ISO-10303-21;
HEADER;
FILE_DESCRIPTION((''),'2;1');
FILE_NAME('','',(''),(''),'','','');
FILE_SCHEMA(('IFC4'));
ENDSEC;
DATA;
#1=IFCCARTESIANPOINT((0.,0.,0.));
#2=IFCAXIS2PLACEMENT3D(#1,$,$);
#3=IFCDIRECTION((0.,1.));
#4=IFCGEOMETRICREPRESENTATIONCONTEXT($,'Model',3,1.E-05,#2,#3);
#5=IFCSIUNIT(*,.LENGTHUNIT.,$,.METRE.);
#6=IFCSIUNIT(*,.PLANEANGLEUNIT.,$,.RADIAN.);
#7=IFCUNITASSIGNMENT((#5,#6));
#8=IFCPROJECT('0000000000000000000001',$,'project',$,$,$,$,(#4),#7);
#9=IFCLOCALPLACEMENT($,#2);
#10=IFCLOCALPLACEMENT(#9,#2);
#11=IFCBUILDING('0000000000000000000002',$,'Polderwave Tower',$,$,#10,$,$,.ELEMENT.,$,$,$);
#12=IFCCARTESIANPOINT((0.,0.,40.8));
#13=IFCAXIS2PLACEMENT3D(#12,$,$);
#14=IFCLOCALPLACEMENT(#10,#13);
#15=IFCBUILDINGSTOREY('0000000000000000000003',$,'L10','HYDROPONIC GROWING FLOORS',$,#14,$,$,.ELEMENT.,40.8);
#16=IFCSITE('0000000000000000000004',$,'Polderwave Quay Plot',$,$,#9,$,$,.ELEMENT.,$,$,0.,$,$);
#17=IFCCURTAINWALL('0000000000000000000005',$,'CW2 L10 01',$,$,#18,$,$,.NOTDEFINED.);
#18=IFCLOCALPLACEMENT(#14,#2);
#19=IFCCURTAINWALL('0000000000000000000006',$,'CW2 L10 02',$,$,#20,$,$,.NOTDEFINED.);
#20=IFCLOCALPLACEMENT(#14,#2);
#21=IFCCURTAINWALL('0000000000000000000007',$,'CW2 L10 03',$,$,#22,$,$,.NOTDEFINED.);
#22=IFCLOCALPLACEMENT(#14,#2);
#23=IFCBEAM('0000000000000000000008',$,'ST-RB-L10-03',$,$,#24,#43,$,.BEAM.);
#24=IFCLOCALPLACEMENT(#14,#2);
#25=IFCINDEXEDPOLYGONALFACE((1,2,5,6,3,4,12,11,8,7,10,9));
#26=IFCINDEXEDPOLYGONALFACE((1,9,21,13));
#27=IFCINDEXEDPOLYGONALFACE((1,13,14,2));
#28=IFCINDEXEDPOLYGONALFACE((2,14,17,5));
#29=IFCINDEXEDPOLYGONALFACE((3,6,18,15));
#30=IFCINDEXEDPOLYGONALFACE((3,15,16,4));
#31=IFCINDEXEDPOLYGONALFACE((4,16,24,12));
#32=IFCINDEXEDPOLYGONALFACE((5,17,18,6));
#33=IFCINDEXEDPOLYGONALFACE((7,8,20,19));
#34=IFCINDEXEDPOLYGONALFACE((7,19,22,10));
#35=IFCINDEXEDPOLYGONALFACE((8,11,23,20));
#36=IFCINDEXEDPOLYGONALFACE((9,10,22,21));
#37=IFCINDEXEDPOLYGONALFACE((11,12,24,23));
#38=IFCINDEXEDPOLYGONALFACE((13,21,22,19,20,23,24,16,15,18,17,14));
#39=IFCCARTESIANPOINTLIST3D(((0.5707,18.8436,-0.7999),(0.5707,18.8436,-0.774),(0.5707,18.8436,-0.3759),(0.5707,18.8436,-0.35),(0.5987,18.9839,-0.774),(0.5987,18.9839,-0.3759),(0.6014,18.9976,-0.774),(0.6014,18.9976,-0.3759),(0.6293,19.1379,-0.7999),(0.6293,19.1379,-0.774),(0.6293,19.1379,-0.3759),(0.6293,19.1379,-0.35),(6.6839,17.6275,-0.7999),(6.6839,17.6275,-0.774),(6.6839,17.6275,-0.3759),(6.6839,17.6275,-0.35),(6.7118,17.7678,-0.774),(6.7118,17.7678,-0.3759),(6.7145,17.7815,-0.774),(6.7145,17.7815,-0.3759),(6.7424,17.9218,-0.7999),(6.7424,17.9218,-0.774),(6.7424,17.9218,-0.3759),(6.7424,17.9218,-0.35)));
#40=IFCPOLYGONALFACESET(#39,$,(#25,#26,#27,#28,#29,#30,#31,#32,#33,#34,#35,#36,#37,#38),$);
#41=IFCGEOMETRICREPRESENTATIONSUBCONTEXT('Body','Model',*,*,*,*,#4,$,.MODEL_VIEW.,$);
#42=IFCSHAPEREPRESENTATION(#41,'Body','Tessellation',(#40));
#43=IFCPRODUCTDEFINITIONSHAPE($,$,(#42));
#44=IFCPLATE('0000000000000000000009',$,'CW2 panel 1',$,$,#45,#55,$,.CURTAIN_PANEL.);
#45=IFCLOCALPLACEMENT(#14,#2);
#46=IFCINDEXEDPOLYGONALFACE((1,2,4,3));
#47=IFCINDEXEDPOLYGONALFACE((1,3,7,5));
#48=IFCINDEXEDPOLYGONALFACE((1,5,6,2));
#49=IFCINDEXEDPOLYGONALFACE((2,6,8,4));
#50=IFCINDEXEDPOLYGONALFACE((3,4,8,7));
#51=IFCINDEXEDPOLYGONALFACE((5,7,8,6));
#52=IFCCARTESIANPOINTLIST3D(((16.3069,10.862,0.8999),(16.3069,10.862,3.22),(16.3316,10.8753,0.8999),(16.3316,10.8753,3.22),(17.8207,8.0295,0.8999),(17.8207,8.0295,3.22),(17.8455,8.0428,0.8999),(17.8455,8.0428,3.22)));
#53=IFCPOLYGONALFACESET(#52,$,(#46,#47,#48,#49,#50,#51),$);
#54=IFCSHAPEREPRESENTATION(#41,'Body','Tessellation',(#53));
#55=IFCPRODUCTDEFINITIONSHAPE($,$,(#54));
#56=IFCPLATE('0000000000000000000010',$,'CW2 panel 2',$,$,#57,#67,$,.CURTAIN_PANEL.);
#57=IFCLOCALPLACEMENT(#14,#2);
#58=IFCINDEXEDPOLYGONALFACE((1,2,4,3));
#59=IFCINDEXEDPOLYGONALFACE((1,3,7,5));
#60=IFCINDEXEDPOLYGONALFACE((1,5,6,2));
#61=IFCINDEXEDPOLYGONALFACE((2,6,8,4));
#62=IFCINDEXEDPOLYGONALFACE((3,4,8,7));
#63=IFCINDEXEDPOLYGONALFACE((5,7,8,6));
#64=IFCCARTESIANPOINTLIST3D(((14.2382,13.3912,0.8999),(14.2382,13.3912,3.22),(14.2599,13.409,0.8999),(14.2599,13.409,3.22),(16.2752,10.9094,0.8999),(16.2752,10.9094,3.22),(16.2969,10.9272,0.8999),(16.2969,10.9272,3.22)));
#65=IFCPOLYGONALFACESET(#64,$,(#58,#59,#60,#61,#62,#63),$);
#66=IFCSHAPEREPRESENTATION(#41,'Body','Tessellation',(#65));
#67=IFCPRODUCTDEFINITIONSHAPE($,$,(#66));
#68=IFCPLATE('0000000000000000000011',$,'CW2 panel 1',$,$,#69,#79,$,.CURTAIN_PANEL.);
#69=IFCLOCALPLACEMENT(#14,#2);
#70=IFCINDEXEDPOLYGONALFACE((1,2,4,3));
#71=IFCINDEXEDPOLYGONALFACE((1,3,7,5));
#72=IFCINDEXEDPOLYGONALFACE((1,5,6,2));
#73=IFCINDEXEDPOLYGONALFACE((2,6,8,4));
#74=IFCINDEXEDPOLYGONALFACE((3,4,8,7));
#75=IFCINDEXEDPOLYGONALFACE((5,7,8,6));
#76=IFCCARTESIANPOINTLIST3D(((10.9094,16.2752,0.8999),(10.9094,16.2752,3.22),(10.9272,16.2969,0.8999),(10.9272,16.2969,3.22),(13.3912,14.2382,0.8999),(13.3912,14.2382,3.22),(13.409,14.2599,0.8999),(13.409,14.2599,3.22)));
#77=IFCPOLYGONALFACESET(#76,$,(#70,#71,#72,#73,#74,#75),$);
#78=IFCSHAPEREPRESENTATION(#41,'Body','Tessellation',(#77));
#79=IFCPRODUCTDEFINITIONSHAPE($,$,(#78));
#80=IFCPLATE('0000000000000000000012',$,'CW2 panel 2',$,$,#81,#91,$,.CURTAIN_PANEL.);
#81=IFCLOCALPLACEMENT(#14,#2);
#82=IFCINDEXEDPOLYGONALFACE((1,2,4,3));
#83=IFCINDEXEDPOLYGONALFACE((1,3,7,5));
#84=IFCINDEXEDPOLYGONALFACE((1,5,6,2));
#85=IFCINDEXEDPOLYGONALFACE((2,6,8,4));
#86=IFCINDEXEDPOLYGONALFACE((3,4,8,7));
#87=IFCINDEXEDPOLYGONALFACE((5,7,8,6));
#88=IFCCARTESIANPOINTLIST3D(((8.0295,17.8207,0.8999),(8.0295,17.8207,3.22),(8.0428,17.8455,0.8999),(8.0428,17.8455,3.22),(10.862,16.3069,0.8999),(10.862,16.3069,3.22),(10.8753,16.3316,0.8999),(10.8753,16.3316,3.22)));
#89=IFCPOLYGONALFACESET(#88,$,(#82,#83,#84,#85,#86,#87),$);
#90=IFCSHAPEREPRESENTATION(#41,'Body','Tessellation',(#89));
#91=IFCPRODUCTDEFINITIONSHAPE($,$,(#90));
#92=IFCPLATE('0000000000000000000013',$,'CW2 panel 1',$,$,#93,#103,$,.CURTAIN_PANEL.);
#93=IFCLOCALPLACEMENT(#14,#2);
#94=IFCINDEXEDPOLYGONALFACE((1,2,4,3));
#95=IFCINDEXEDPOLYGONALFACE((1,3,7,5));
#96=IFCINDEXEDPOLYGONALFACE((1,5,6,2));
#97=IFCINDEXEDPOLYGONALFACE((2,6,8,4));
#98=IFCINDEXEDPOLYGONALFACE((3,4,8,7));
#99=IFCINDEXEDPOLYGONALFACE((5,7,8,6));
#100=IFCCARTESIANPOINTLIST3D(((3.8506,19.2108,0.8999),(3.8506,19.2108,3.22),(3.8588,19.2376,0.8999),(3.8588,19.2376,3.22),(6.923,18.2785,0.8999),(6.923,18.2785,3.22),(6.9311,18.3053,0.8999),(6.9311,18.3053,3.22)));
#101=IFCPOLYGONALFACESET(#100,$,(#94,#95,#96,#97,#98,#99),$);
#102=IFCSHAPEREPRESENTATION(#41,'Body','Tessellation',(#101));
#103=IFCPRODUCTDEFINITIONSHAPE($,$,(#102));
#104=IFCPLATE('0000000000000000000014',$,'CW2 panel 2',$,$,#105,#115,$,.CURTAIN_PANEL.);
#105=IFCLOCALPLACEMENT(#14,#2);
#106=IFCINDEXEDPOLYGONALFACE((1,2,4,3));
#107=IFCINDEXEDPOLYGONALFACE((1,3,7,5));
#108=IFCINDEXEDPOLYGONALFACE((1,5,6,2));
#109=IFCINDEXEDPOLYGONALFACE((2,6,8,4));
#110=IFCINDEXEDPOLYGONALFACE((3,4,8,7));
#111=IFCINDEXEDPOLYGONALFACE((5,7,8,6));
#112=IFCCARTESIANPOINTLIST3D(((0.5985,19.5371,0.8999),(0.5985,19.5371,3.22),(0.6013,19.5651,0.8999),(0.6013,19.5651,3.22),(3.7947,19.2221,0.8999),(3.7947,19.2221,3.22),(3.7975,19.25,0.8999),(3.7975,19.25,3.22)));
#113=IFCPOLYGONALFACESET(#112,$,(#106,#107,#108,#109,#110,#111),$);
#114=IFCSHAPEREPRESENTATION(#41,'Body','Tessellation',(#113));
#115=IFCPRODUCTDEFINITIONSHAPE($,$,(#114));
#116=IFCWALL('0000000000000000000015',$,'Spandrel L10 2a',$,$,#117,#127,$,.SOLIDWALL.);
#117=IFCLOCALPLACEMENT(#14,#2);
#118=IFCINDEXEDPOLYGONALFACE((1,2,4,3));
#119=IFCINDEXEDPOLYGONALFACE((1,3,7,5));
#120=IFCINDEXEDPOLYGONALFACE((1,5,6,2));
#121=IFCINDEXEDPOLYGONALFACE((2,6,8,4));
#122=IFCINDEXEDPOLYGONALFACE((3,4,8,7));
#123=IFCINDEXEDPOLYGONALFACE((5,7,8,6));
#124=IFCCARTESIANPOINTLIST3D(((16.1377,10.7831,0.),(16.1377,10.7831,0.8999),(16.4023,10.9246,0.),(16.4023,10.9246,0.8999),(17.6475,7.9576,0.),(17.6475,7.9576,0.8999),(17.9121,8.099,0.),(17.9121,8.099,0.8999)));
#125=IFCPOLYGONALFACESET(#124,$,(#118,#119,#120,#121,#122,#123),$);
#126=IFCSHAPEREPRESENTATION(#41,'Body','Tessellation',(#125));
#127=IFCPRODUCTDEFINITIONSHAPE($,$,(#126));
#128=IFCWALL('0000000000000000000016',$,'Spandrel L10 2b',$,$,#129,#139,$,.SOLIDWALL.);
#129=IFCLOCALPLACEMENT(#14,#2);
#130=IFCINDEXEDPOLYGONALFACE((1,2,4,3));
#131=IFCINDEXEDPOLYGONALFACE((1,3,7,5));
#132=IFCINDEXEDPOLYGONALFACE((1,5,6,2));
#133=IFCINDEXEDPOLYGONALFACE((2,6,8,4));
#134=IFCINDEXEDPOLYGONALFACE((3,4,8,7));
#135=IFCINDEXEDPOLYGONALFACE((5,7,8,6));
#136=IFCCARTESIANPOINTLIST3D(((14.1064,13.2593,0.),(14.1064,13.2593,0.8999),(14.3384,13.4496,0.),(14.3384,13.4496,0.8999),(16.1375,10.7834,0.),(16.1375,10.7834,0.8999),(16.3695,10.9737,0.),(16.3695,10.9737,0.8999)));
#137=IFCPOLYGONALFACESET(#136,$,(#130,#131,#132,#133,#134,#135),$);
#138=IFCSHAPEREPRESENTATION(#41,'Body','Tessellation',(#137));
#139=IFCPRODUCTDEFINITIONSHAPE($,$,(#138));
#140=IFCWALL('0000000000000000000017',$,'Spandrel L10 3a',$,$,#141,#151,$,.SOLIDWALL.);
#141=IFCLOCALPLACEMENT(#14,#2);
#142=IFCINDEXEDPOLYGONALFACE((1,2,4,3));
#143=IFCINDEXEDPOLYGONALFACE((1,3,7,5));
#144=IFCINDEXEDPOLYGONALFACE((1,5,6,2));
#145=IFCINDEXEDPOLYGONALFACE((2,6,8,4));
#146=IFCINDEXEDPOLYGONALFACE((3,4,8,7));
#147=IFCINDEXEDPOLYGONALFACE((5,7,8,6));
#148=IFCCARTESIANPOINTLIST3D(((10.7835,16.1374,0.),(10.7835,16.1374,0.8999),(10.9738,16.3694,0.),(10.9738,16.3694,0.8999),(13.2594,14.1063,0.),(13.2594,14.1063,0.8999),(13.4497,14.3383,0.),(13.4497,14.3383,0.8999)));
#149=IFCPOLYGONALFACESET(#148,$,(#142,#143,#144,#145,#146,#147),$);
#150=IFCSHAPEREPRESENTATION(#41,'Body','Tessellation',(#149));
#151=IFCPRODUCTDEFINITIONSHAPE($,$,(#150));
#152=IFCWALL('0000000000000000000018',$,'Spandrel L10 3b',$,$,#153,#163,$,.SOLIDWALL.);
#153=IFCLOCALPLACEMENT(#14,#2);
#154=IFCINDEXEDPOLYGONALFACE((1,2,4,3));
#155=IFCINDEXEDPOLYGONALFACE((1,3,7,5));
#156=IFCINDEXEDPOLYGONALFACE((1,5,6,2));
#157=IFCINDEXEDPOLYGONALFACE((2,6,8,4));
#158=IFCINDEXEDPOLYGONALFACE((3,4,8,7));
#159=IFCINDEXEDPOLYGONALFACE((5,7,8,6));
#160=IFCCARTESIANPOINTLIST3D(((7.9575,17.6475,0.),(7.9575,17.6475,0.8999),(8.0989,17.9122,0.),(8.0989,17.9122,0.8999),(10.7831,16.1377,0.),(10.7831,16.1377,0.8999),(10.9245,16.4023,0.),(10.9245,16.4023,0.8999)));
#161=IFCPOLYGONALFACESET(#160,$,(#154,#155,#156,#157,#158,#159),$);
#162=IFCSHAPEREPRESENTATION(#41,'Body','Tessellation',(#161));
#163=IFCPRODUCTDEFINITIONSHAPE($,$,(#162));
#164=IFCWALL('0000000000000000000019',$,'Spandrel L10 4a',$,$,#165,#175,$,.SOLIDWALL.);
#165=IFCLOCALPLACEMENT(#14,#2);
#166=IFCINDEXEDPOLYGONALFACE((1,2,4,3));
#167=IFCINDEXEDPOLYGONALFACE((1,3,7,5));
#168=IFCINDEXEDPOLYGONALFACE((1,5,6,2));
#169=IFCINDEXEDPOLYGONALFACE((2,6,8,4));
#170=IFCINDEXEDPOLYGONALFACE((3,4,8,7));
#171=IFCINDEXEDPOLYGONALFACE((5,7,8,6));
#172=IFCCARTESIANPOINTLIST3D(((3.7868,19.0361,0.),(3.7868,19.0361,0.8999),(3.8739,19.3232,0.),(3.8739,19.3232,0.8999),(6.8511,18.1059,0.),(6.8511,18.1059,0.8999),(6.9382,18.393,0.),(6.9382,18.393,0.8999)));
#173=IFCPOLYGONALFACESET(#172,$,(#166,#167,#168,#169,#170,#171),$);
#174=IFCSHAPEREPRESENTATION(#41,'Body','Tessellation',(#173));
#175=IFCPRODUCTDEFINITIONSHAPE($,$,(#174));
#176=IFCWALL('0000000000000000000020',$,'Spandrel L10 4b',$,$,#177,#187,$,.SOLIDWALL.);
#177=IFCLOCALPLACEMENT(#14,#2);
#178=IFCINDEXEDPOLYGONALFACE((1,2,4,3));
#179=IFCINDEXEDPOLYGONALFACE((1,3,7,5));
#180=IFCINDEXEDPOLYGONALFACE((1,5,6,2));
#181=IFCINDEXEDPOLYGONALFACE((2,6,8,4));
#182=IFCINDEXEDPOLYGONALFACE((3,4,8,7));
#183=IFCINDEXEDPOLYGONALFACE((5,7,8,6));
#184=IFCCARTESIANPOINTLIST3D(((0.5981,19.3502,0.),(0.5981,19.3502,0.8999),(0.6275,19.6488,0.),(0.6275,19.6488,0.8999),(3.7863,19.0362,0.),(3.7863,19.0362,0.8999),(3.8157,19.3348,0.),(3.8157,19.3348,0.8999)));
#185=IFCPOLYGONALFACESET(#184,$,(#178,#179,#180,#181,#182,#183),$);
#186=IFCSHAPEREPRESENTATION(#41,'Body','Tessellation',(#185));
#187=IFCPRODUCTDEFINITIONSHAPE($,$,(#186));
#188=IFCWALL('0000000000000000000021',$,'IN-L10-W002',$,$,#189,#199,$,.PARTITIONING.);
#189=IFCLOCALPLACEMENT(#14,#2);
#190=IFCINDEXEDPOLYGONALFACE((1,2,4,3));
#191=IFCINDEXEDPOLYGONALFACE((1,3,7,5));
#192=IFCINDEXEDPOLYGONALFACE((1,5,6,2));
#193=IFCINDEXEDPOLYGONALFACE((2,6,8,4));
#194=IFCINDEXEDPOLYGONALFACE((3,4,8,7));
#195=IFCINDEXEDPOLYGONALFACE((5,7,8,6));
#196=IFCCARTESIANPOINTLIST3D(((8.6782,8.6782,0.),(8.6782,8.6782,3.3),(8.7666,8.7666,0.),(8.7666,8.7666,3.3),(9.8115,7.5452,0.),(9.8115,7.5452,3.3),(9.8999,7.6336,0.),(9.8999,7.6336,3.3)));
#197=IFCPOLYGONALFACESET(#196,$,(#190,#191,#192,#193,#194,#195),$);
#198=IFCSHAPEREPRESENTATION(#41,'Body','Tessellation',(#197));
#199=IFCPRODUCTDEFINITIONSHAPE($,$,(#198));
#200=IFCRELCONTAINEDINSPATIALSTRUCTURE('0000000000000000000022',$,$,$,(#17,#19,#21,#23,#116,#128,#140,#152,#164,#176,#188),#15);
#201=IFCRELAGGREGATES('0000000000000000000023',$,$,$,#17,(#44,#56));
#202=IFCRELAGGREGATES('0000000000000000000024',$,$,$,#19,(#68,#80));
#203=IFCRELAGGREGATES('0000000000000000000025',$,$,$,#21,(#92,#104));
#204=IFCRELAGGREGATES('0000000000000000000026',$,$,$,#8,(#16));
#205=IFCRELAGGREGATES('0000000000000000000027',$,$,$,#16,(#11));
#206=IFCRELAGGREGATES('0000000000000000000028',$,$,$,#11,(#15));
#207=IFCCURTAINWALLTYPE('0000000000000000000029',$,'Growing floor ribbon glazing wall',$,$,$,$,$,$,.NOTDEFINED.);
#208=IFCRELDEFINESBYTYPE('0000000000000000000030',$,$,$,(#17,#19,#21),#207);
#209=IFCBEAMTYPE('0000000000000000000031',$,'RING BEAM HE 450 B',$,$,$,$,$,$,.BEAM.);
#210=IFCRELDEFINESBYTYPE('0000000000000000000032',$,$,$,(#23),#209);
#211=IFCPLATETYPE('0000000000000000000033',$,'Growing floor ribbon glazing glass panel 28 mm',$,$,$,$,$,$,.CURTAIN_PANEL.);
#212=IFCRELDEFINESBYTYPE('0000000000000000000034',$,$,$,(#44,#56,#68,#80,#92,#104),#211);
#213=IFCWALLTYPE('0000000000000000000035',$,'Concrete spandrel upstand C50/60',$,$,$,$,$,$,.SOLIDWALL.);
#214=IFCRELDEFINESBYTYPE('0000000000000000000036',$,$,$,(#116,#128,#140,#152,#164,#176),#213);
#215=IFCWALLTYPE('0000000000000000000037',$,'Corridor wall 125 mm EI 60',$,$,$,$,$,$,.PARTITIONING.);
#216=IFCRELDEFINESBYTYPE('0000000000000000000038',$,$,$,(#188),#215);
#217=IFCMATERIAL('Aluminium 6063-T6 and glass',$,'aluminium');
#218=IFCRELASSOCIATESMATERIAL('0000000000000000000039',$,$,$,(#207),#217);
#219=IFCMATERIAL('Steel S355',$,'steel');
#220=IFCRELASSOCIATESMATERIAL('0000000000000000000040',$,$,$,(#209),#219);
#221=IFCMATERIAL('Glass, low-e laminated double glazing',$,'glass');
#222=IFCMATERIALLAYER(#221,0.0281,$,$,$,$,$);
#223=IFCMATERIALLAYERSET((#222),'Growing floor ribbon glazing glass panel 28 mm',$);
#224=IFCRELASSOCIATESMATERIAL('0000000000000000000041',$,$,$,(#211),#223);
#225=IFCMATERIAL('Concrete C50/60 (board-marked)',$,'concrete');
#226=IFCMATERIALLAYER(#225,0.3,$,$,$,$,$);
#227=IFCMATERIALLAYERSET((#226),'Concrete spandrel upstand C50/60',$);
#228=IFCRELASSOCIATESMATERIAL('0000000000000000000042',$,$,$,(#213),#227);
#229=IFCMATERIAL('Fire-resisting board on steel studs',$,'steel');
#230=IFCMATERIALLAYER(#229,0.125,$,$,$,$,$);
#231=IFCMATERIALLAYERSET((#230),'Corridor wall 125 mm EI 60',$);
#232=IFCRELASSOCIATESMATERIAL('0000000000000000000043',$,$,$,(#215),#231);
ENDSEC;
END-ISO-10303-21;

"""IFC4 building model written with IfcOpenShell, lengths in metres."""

from ifc_helpers import new_model, si_unit, direction, frame, frame_2d, origin, origin_2d, place, context, subcontext, project, spatial, rectangle, i_section, extrude, material, layer, layer_set, material_profile, profile_set, type_object, element, aggregate, save


model = new_model("IFC4")

# Units and contexts
model_context = context("Model", 3, precision=1e-05, world=origin(), true_north=direction((0.0, 1.0)))
body_context = subcontext(model_context, "Body", "Model", "MODEL_VIEW")
ifc_project = project(units=[si_unit("LENGTHUNIT", "METRE"), si_unit("PLANEANGLEUNIT", "RADIAN")], contexts=[model_context])

# Site, building, storey
site_placement = place(None, origin())
site = spatial("IfcSite", under=ifc_project, at=site_placement, Name="Polderwave Quay Plot", CompositionType="ELEMENT", RefElevation=0.0)
building_placement = place(site_placement, origin())
building = spatial("IfcBuilding", under=site, at=building_placement, Name="Polderwave Tower", CompositionType="ELEMENT")
storey_placement = place(building_placement, frame((0.0, 0.0, 40.8)))
storey = spatial("IfcBuildingStorey", under=building, at=storey_placement, Name="L10", Description="HYDROPONIC GROWING FLOORS", CompositionType="ELEMENT", Elevation=40.8)

# Curtain walls
ifc_material_1 = material(Name="Aluminium 6063-T6 and glass", Category="aluminium")
curtain_wall_type = type_object("IfcCurtainWallType", Name="Growing floor ribbon glazing wall", PredefinedType="NOTDEFINED", material=ifc_material_1)
curtain_wall_1_placement = place(storey_placement, origin())
curtain_wall_1 = element("IfcCurtainWall", 1, at=curtain_wall_1_placement, inside=storey, type_object=curtain_wall_type, Name="CW2 L10 01", PredefinedType="NOTDEFINED")
curtain_wall_2_placement = place(storey_placement, origin())
curtain_wall_2 = element("IfcCurtainWall", 2, at=curtain_wall_2_placement, inside=storey, type_object=curtain_wall_type, Name="CW2 L10 02", PredefinedType="NOTDEFINED")
curtain_wall_3_placement = place(storey_placement, origin())
curtain_wall_3 = element("IfcCurtainWall", 3, at=curtain_wall_3_placement, inside=storey, type_object=curtain_wall_type, Name="CW2 L10 03", PredefinedType="NOTDEFINED")

# Beam
ifc_material_2 = material(Name="Steel S355", Category="steel")
ifc_material_profile_1 = material_profile(ifc_material_2, i_section(OverallWidth=0.3, OverallDepth=0.45, WebThickness=0.0139, FlangeThickness=0.0259, at=origin_2d()), Name="HE 450 B")
ifc_profile_set_1 = profile_set([ifc_material_profile_1], Name="Steel S355")
beam_type = type_object("IfcBeamType", Name="RING BEAM HE 450 B", PredefinedType="BEAM", material=ifc_profile_set_1)
beam_placement = place(storey_placement, frame((6.7131, 17.7747, -0.575), z_axis=(-0.980782, 0.195107, 0.0), x_axis=(-0.195107, -0.980782, 0.0)))
element("IfcBeam", 4, at=beam_placement, inside=storey, type_object=beam_type, Name="ST-RB-L10-03", PredefinedType="BEAM", context=body_context, shape_type="SweptSolid", body=[
    extrude(i_section(OverallWidth=0.3, OverallDepth=0.45, WebThickness=0.0139, FlangeThickness=0.0259, at=origin_2d()), origin(), (0.0, 0.0, 1.0), 6.2329),
])

# Plates
ifc_material_3 = material(Name="Glass, low-e laminated double glazing", Category="glass")
ifc_layer_1 = layer(ifc_material_3, 0.0281)
ifc_layer_set_1 = layer_set([ifc_layer_1], Name="Growing floor ribbon glazing glass panel 28 mm")
plate_type = type_object("IfcPlateType", Name="Growing floor ribbon glazing glass panel 28 mm", PredefinedType="CURTAIN_PANEL", material=ifc_layer_set_1)
plate_1_placement = place(storey_placement, frame((17.0762, 9.4524, 0.8999), z_axis=(0.0, 0.0, 1.0), x_axis=(-0.471357, 0.881943, 0.0)))
plate_1 = element("IfcPlate", 5, at=plate_1_placement, type_object=plate_type, Name="CW2 panel 1", PredefinedType="CURTAIN_PANEL", context=body_context, shape_type="SweptSolid", body=[
    extrude(rectangle(XDim=3.2117, YDim=0.0281, at=origin_2d()), origin(), (0.0, 0.0, 1.0), 2.3201),
])
plate_2_placement = place(storey_placement, frame((15.2676, 12.1592, 0.8999), z_axis=(0.0, 0.0, 1.0), x_axis=(-0.63443, 0.772981, 0.0)))
plate_2 = element("IfcPlate", 6, at=plate_2_placement, type_object=plate_type, Name="CW2 panel 2", PredefinedType="CURTAIN_PANEL", context=body_context, shape_type="SweptSolid", body=[
    extrude(rectangle(XDim=3.2107, YDim=0.0281, at=origin_2d()), origin(), (0.0, 0.0, 1.0), 2.3201),
])
aggregate(curtain_wall_1, [plate_1, plate_2])
plate_3_placement = place(storey_placement, frame((12.1592, 15.2676, 0.8999), z_axis=(0.0, 0.0, 1.0), x_axis=(-0.772981, 0.63443, 0.0)))
plate_3 = element("IfcPlate", 7, at=plate_3_placement, type_object=plate_type, Name="CW2 panel 1", PredefinedType="CURTAIN_PANEL", context=body_context, shape_type="SweptSolid", body=[
    extrude(rectangle(XDim=3.2107, YDim=0.0281, at=origin_2d()), origin(), (0.0, 0.0, 1.0), 2.3201),
])
plate_4_placement = place(storey_placement, frame((9.4524, 17.0762, 0.8999), z_axis=(0.0, 0.0, 1.0), x_axis=(-0.881943, 0.471357, 0.0)))
plate_4 = element("IfcPlate", 8, at=plate_4_placement, type_object=plate_type, Name="CW2 panel 2", PredefinedType="CURTAIN_PANEL", context=body_context, shape_type="SweptSolid", body=[
    extrude(rectangle(XDim=3.2117, YDim=0.0281, at=origin_2d()), origin(), (0.0, 0.0, 1.0), 2.3201),
])
aggregate(curtain_wall_2, [plate_3, plate_4])
plate_5_placement = place(storey_placement, frame((5.3909, 18.7581, 0.8999), z_axis=(0.0, 0.0, 1.0), x_axis=(-0.956913, 0.290375, 0.0)))
plate_5 = element("IfcPlate", 9, at=plate_5_placement, type_object=plate_type, Name="CW2 panel 1", PredefinedType="CURTAIN_PANEL", context=body_context, shape_type="SweptSolid", body=[
    extrude(rectangle(XDim=3.2107, YDim=0.0281, at=origin_2d()), origin(), (0.0, 0.0, 1.0), 2.3201),
])
plate_6_placement = place(storey_placement, frame((2.198, 19.3936, 0.8999), z_axis=(0.0, 0.0, 1.0), x_axis=(-0.995177, 0.098099, 0.0)))
plate_6 = element("IfcPlate", 10, at=plate_6_placement, type_object=plate_type, Name="CW2 panel 2", PredefinedType="CURTAIN_PANEL", context=body_context, shape_type="SweptSolid", body=[
    extrude(rectangle(XDim=3.2117, YDim=0.0281, at=origin_2d()), origin(), (0.0, 0.0, 1.0), 2.3201),
])
aggregate(curtain_wall_3, [plate_5, plate_6])

# Walls
ifc_material_4 = material(Name="Concrete C50/60 (board-marked)", Category="concrete")
ifc_layer_2 = layer(ifc_material_4, 0.3)
ifc_layer_set_2 = layer_set([ifc_layer_2], Name="Concrete spandrel upstand C50/60")
wall_type_1 = type_object("IfcWallType", Name="Concrete spandrel upstand C50/60", PredefinedType="SOLIDWALL", material=ifc_layer_set_2)
wall_1_placement = place(storey_placement, frame((17.7798, 8.0283, 0.0), z_axis=(0.0, 0.0, 1.0), x_axis=(-0.471284, 0.881981, 0.0)))
element("IfcWall", 11, at=wall_1_placement, inside=storey, type_object=wall_type_1, Name="Spandrel L10 2a", PredefinedType="SOLIDWALL", context=body_context, shape_type="SweptSolid", body=[
    extrude(rectangle(XDim=3.2036, YDim=0.3, at=frame_2d((1.6018, 0.0))), origin(), (0.0, 0.0, 1.0), 0.8999),
])
for number, where, z_axis, x_axis, name in (
    (12, (16.2534, 10.8787, 0.0), (0.0, 0.0, 1.0), (-0.634234, 0.773141, 0.0), "Spandrel L10 2b"),
    (13, (13.3545, 14.2224, 0.0), (0.0, 0.0, 1.0), (-0.773141, 0.634234, 0.0), "Spandrel L10 3a"),
):
    element("IfcWall", number, at=place(storey_placement, frame(where, z_axis=z_axis, x_axis=x_axis)), inside=storey, type_object=wall_type_1, Name=name, PredefinedType="SOLIDWALL", context=body_context, shape_type="SweptSolid", body=[
        extrude(rectangle(XDim=3.2024, YDim=0.3, at=frame_2d((1.6011, 0.0))), origin(), (0.0, 0.0, 1.0), 0.8999),
    ])
wall_2_placement = place(storey_placement, frame((10.8538, 16.27, 0.0), z_axis=(0.0, 0.0, 1.0), x_axis=(-0.881981, 0.471284, 0.0)))
element("IfcWall", 14, at=wall_2_placement, inside=storey, type_object=wall_type_1, Name="Spandrel L10 3b", PredefinedType="SOLIDWALL", context=body_context, shape_type="SweptSolid", body=[
    extrude(rectangle(XDim=3.2036, YDim=0.3, at=frame_2d((1.6018, 0.0))), origin(), (0.0, 0.0, 1.0), 0.8999),
])
wall_3_placement = place(storey_placement, frame((6.8945, 18.2495, 0.0), z_axis=(0.0, 0.0, 1.0), x_axis=(-0.956883, 0.290473, 0.0)))
element("IfcWall", 15, at=wall_3_placement, inside=storey, type_object=wall_type_1, Name="Spandrel L10 4a", PredefinedType="SOLIDWALL", context=body_context, shape_type="SweptSolid", body=[
    extrude(rectangle(XDim=3.2024, YDim=0.3, at=frame_2d((1.6011, 0.0))), origin(), (0.0, 0.0, 1.0), 0.8999),
])
wall_4_placement = place(storey_placement, frame((3.801, 19.1855, 0.0), z_axis=(0.0, 0.0, 1.0), x_axis=(-0.995186, 0.098002, 0.0)))
element("IfcWall", 16, at=wall_4_placement, inside=storey, type_object=wall_type_1, Name="Spandrel L10 4b", PredefinedType="SOLIDWALL", context=body_context, shape_type="SweptSolid", body=[
    extrude(rectangle(XDim=3.2036, YDim=0.3, at=frame_2d((1.6018, 0.0))), origin(), (0.0, 0.0, 1.0), 0.8999),
])
ifc_material_5 = material(Name="Fire-resisting board on steel studs", Category="steel")
ifc_layer_3 = layer(ifc_material_5, 0.125)
ifc_layer_set_3 = layer_set([ifc_layer_3], Name="Corridor wall 125 mm EI 60")
wall_type_2 = type_object("IfcWallType", Name="Corridor wall 125 mm EI 60", PredefinedType="PARTITIONING", material=ifc_layer_set_3)
wall_5_placement = place(storey_placement, frame((8.7224, 8.7224, 0.0), z_axis=(0.0, 0.0, 1.0), x_axis=(0.707183, -0.707031, 0.0)))
element("IfcWall", 17, at=wall_5_placement, inside=storey, type_object=wall_type_2, Name="IN-L10-W002", PredefinedType="PARTITIONING", context=body_context, shape_type="SweptSolid", body=[
    extrude(rectangle(XDim=1.6025, YDim=0.125, at=frame_2d((0.8013, 0.0))), origin(), (0.0, 0.0, 1.0), 3.3),
])

save(model, "model.ifc")
